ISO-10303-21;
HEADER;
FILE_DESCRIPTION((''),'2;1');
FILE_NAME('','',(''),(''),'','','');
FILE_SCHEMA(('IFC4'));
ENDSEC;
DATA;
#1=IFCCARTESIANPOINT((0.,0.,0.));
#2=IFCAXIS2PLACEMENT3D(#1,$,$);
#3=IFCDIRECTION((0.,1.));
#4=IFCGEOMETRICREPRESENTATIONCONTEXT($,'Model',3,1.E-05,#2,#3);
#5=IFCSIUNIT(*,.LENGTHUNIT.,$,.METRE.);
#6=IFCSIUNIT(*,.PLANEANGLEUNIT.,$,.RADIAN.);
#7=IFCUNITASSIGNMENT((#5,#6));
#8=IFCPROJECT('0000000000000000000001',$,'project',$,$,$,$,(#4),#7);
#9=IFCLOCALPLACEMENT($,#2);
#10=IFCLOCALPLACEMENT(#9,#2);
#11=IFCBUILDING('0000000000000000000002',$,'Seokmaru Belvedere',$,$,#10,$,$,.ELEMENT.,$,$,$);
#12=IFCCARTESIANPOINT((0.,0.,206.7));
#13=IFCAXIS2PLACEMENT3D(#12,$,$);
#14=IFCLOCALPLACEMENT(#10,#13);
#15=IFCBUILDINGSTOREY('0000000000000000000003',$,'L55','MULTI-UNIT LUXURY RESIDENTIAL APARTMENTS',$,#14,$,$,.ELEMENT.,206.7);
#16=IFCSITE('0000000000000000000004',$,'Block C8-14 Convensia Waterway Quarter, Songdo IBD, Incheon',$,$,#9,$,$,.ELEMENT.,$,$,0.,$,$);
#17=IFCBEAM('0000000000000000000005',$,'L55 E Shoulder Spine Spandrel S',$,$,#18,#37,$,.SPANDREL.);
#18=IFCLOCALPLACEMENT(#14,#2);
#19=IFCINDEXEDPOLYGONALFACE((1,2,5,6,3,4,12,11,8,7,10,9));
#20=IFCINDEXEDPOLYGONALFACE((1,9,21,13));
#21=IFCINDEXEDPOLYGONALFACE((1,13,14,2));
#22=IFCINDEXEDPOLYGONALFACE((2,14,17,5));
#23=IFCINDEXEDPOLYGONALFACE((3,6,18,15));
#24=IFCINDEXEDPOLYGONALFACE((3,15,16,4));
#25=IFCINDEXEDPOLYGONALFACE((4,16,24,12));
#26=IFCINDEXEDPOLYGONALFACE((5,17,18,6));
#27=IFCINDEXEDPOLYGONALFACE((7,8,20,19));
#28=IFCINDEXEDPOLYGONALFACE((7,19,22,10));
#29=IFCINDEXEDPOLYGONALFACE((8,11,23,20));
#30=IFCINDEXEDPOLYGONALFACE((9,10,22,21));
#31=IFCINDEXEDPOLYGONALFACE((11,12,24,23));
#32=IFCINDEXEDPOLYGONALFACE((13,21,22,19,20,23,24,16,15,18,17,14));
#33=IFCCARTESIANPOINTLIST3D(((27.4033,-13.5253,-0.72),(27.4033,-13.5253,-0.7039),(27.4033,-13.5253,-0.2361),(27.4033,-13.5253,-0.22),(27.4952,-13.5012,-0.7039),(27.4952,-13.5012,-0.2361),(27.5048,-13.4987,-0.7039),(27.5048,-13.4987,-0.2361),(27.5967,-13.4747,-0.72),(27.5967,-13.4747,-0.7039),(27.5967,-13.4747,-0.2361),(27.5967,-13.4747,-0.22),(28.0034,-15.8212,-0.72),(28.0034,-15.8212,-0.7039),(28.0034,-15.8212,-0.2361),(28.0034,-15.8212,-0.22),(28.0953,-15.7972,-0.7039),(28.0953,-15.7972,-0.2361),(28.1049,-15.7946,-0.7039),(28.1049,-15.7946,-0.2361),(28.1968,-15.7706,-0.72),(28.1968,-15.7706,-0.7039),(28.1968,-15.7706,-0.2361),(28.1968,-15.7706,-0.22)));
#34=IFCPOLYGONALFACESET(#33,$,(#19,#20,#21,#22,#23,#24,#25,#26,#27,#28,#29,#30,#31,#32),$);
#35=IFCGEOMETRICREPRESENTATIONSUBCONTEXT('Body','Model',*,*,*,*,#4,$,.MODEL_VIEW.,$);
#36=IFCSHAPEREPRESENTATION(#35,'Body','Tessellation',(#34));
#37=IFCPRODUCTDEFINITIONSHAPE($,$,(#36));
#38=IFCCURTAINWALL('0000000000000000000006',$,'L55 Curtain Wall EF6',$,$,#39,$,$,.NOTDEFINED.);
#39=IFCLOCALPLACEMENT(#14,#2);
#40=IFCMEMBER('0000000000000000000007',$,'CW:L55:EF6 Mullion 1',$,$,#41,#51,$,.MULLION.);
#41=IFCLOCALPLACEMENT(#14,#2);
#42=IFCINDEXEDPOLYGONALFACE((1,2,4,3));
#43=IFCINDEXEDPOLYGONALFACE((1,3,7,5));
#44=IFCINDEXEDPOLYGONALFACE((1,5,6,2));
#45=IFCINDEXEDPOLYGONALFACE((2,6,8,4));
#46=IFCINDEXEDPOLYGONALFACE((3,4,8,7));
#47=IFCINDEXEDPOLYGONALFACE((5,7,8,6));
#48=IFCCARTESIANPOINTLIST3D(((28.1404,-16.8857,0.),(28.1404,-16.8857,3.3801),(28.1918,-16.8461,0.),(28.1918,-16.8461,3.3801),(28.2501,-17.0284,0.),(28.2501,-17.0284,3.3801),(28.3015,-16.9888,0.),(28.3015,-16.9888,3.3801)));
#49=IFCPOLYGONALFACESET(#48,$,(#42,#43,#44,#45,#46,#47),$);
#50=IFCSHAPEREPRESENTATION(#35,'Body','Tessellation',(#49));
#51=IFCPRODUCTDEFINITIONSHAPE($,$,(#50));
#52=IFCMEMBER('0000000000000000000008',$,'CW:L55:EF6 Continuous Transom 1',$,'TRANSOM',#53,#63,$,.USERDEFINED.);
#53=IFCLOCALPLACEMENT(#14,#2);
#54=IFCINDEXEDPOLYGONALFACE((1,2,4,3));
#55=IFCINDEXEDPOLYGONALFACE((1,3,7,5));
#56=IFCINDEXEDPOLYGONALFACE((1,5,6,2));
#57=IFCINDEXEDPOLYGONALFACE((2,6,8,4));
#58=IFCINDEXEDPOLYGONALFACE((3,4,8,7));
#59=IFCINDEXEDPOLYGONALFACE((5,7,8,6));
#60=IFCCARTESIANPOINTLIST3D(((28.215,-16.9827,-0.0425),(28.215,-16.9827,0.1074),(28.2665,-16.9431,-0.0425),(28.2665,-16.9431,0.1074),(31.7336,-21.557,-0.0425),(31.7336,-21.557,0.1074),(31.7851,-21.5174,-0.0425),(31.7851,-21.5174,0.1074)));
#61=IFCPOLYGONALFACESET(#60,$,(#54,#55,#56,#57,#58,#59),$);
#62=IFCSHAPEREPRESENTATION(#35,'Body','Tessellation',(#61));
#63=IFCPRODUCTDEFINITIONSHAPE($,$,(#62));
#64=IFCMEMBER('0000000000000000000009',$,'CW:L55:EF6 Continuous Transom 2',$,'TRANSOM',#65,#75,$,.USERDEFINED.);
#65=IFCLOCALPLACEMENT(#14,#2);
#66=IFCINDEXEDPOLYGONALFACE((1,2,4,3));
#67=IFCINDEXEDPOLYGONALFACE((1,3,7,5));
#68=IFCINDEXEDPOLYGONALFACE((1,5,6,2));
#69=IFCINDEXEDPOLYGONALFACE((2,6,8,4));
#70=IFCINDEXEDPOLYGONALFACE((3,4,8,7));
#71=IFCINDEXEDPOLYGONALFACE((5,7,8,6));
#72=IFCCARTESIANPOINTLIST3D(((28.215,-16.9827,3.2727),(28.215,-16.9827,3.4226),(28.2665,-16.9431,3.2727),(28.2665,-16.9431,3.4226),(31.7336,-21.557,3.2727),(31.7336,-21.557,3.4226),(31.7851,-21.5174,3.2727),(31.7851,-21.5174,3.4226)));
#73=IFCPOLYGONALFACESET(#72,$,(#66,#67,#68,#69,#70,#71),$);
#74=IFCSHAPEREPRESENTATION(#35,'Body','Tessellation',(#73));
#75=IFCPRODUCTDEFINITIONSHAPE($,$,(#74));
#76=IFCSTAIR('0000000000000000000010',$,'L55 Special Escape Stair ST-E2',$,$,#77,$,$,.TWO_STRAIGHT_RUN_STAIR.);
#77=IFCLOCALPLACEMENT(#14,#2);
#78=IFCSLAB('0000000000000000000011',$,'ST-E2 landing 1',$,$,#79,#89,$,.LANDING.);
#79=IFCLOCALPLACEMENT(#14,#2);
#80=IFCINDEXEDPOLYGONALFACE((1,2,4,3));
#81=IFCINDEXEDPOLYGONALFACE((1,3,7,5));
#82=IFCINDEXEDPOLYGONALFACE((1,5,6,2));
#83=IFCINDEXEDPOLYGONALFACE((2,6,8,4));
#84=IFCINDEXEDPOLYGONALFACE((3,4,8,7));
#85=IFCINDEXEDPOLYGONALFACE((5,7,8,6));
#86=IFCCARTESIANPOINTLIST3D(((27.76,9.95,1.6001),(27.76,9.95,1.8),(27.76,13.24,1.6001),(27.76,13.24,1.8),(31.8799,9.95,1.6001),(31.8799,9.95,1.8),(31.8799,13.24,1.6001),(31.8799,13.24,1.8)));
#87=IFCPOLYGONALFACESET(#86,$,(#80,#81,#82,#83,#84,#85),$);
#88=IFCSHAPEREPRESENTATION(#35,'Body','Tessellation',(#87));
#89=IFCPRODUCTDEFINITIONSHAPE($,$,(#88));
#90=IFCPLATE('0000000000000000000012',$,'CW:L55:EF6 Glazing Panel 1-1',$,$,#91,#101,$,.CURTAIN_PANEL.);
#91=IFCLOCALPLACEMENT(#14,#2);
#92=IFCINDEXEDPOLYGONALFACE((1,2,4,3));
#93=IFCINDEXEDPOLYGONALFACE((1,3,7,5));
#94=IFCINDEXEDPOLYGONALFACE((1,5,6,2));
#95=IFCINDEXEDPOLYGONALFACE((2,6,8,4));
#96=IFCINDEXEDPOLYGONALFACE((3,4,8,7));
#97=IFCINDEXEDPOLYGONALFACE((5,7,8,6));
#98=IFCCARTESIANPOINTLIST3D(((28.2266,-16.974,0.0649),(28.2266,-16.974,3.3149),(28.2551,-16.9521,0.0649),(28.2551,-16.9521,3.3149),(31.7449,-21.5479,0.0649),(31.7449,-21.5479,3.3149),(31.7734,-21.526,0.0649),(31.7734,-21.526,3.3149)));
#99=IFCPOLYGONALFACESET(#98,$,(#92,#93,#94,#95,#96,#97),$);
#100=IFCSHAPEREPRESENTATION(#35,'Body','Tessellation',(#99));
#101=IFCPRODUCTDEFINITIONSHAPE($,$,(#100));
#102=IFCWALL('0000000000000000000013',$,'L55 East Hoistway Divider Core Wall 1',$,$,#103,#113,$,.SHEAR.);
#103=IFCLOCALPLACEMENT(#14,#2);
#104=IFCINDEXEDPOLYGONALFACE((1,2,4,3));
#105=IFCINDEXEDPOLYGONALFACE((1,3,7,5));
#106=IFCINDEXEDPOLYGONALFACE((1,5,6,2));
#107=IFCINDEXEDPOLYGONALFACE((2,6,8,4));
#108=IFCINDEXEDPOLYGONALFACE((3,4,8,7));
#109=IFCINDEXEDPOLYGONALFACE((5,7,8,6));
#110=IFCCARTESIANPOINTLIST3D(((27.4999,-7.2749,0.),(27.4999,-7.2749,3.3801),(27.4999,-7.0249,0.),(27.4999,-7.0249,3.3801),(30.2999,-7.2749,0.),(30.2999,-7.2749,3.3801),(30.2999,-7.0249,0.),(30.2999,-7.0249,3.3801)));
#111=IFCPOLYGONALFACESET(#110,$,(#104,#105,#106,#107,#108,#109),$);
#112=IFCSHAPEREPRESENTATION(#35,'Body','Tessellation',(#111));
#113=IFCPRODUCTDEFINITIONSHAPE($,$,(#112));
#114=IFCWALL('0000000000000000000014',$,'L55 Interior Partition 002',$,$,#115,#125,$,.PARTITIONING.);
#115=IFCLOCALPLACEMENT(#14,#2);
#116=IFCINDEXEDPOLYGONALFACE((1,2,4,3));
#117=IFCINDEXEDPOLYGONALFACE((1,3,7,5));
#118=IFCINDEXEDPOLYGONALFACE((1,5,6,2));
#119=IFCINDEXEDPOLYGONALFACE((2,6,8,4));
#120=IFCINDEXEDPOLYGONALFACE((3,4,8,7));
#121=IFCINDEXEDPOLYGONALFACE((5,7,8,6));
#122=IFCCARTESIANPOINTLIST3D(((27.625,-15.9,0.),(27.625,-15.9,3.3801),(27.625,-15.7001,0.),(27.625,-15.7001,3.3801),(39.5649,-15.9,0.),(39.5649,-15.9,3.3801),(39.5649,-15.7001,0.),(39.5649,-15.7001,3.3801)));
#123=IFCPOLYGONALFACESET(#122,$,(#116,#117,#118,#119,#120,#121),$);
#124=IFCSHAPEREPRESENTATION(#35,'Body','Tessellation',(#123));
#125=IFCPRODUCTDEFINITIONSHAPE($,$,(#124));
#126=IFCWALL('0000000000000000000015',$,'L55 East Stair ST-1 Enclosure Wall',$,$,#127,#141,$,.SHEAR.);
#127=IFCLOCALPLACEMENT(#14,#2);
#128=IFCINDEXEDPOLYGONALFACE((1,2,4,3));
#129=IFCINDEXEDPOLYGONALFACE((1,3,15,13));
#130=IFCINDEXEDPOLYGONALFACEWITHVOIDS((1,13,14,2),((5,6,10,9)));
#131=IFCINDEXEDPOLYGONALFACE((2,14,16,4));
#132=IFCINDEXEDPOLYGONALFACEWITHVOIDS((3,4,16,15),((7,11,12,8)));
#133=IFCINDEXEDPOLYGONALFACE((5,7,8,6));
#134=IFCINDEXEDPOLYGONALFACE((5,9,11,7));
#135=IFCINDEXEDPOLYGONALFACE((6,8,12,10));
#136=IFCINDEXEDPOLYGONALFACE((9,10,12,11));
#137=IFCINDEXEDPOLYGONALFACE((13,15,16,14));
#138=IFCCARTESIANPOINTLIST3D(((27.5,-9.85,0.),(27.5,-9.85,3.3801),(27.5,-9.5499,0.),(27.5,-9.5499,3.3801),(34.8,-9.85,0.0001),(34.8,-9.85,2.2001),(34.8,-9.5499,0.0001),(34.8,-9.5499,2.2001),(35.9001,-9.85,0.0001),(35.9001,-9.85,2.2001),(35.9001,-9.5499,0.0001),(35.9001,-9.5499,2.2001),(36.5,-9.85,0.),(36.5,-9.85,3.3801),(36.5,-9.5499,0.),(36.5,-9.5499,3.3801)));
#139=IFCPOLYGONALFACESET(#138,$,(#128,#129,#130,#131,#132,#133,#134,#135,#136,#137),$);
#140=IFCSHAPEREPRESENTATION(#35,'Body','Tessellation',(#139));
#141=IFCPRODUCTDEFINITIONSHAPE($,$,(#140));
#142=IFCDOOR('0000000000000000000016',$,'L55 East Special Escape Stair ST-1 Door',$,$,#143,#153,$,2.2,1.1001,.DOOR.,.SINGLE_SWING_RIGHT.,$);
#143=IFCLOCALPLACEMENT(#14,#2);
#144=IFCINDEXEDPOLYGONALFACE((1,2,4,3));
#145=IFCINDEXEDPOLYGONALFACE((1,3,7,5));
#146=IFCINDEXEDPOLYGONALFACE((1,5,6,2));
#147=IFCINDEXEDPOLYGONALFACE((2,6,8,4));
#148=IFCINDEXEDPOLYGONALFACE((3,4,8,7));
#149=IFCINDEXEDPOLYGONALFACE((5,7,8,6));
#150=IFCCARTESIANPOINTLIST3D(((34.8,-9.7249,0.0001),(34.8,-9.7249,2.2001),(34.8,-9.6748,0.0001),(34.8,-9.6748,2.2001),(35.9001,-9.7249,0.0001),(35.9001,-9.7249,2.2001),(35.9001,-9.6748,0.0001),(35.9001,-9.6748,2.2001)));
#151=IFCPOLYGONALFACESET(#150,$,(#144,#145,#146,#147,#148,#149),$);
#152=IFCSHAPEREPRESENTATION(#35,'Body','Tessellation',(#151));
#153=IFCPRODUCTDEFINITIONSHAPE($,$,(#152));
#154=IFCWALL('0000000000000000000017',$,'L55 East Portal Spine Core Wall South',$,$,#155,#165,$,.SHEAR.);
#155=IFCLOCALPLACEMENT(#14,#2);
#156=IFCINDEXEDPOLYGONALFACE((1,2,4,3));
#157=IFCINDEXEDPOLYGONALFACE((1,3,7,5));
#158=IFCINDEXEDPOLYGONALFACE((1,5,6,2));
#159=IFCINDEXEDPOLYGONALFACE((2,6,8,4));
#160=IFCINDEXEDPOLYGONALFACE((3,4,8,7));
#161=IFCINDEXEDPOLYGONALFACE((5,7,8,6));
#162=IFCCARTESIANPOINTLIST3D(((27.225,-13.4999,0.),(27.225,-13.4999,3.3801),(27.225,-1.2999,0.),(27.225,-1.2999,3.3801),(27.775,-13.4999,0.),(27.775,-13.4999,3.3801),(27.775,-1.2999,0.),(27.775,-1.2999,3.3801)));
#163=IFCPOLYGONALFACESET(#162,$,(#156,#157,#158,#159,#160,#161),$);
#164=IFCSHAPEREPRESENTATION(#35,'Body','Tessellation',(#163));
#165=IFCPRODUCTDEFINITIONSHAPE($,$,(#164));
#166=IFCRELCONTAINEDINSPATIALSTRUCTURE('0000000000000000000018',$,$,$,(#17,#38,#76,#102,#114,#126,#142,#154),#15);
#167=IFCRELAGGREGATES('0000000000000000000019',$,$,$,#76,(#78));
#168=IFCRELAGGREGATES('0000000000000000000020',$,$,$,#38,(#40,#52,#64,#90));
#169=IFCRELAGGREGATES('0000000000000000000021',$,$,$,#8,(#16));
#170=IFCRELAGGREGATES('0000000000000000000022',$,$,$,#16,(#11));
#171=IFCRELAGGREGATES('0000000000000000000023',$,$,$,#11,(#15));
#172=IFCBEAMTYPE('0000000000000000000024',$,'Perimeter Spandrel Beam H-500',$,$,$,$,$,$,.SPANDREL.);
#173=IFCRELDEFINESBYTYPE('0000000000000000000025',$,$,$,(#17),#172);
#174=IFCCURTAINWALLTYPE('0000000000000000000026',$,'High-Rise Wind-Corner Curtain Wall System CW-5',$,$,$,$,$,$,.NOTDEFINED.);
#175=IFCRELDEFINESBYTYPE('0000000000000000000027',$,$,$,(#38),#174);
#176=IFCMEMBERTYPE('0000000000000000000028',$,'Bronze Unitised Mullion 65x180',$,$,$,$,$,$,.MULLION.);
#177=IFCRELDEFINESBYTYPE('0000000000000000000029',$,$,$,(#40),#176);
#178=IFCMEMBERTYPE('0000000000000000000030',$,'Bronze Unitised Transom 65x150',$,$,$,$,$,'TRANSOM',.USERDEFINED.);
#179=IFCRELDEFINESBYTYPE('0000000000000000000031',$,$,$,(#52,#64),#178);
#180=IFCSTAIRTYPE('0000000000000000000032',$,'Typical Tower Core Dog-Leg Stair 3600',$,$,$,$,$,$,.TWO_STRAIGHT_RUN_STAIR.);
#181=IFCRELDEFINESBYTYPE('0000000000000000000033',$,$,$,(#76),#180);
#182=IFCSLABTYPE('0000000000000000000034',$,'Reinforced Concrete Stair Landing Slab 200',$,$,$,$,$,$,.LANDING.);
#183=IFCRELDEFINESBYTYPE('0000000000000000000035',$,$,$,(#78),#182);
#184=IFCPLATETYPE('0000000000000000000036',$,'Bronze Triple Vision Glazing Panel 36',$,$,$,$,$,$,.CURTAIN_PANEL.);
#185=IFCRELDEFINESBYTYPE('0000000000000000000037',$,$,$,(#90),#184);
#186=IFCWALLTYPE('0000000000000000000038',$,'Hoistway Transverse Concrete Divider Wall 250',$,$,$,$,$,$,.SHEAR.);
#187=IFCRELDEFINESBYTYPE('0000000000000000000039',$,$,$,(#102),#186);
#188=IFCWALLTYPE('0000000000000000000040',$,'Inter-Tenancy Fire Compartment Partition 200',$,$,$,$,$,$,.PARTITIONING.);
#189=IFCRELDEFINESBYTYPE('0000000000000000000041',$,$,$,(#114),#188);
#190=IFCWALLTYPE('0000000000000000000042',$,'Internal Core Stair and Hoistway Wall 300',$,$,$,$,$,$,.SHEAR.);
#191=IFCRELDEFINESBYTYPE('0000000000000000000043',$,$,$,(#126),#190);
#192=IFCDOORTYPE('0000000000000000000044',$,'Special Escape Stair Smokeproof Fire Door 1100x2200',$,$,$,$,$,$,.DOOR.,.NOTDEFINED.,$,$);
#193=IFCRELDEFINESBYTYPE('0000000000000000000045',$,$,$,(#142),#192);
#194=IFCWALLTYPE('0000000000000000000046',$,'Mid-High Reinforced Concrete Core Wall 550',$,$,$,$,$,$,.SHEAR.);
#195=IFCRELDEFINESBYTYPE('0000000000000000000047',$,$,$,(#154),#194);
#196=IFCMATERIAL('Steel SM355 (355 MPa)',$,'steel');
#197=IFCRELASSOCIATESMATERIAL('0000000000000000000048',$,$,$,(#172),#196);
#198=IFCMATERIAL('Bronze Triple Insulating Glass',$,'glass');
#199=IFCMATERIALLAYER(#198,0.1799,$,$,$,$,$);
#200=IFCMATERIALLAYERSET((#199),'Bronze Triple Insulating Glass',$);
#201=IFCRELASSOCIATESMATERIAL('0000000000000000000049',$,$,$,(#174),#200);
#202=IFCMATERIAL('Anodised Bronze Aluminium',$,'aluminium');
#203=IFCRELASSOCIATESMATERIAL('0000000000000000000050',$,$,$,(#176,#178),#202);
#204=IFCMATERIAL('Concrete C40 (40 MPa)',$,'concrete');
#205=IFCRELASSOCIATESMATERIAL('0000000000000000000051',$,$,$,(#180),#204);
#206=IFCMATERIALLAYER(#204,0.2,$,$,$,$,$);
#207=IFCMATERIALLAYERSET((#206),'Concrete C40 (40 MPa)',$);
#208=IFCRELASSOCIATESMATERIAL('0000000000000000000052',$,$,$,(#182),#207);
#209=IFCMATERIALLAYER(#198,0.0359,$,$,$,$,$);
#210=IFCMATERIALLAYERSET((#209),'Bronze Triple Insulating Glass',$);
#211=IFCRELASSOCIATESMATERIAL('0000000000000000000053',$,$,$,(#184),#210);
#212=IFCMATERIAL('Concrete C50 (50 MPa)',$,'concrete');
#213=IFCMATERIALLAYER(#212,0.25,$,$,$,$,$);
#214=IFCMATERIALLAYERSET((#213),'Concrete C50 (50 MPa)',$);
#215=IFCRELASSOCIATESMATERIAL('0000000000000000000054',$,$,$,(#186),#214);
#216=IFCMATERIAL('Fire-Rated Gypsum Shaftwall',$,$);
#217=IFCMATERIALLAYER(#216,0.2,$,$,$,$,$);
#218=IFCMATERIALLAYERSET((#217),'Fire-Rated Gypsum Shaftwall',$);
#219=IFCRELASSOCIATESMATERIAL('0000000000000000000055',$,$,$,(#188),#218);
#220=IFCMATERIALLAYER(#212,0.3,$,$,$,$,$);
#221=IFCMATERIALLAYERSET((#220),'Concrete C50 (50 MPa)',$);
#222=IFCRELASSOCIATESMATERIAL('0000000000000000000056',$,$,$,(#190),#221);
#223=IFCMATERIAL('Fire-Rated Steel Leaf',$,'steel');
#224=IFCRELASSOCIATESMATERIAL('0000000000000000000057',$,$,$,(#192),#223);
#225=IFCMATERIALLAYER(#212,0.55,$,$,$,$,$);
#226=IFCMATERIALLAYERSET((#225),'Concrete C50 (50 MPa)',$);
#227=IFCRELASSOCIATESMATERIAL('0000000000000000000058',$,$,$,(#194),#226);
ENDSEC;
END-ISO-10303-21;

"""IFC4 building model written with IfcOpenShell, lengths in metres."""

from ifc_helpers import new_model, si_unit, direction, frame, frame_2d, origin, origin_2d, place, context, subcontext, project, spatial, polyline, rectangle, i_section, outline, extrude, source, transform, mapped, material, layer, layer_set, material_profile, profile_set, type_object, type_shapes, element, fill, aggregate, save


model = new_model("IFC4")

# Units and contexts
model_context = context("Model", 3, precision=1e-05, world=origin(), true_north=direction((0.0, 1.0)))
body_context = subcontext(model_context, "Body", "Model", "MODEL_VIEW")
ifc_project = project(units=[si_unit("LENGTHUNIT", "METRE"), si_unit("PLANEANGLEUNIT", "RADIAN")], contexts=[model_context])

# Site, building, storey
site_placement = place(None, origin())
site = spatial("IfcSite", under=ifc_project, at=site_placement, Name="Block C8-14 Convensia Waterway Quarter, Songdo IBD, Incheon", CompositionType="ELEMENT", RefElevation=0.0)
building_placement = place(site_placement, origin())
building = spatial("IfcBuilding", under=site, at=building_placement, Name="Seokmaru Belvedere", CompositionType="ELEMENT")
storey_placement = place(building_placement, frame((0.0, 0.0, 206.7)))
storey = spatial("IfcBuildingStorey", under=building, at=storey_placement, Name="L55", Description="MULTI-UNIT LUXURY RESIDENTIAL APARTMENTS", CompositionType="ELEMENT", Elevation=206.7)

# Shared definitions
ifc_material_1 = material(Name="Steel SM355 (355 MPa)", Category="steel")

# Beam
ifc_material_profile_1 = material_profile(ifc_material_1, i_section(OverallWidth=0.2, OverallDepth=0.5, WebThickness=0.01, FlangeThickness=0.0161, at=origin_2d()), Name="H-500x200x10x16")
ifc_profile_set_1 = profile_set([ifc_material_profile_1], Name="Steel SM355 (355 MPa)")
beam_type_1 = type_object("IfcBeamType", Name="Perimeter Spandrel Beam H-500", PredefinedType="SPANDREL", material=ifc_profile_set_1)
shared_shape_1 = source(origin(), body_context, "Body", "SweptSolid", [
    extrude(i_section(OverallWidth=0.2, OverallDepth=0.5, WebThickness=0.01, FlangeThickness=0.0161, at=origin_2d()), origin(), (0.0, 0.0, 1.0), 2.373),
])
beam_1_placement = place(storey_placement, frame((28.1001, -15.7959, -0.47), z_axis=(-0.252883, 0.967497, 0.0), x_axis=(-0.967497, -0.252883, 0.0)))
element("IfcBeam", 1, at=beam_1_placement, inside=storey, type_object=beam_type_1, Name="L55 E Shoulder Spine Spandrel S", PredefinedType="SPANDREL", context=body_context, shape_type="MappedRepresentation", body=[
    mapped(shared_shape_1, transform((0.0, 0.0, 0.0), scale=1.0)),
])

# Curtain wall, members
ifc_material_2 = material(Name="Bronze Triple Insulating Glass", Category="glass")
ifc_layer_1 = layer(ifc_material_2, 0.1799)
ifc_layer_set_1 = layer_set([ifc_layer_1], Name="Bronze Triple Insulating Glass")
curtain_wall_type = type_object("IfcCurtainWallType", Name="High-Rise Wind-Corner Curtain Wall System CW-5", PredefinedType="NOTDEFINED", material=ifc_layer_set_1)
curtain_wall_placement = place(storey_placement, origin())
curtain_wall = element("IfcCurtainWall", 2, at=curtain_wall_placement, inside=storey, type_object=curtain_wall_type, Name="L55 Curtain Wall EF6", PredefinedType="NOTDEFINED")
ifc_material_3 = material(Name="Anodised Bronze Aluminium", Category="aluminium")
ifc_material_profile_2 = material_profile(ifc_material_3, rectangle(XDim=0.0649, YDim=0.1799, at=origin_2d()), Name="CW-M-65x180")
ifc_profile_set_2 = profile_set([ifc_material_profile_2], Name="Anodised Bronze Aluminium")
member_type_1 = type_object("IfcMemberType", Name="Bronze Unitised Mullion 65x180", PredefinedType="MULLION", material=ifc_profile_set_2)
shared_shape_2 = source(origin(), body_context, "Body", "SweptSolid", [
    extrude(rectangle(XDim=0.0649, YDim=0.1799, at=origin_2d()), origin(), (0.0, 0.0, 1.0), 3.3801),
])
type_shapes(member_type_1, [shared_shape_2])
member_1_placement = place(storey_placement, frame((28.2209, -16.9373, 0.0), z_axis=(0.0, 0.0, 1.0), x_axis=(0.792631, 0.609701, 0.0)))
member_1 = element("IfcMember", 3, at=member_1_placement, type_object=member_type_1, Name="CW:L55:EF6 Mullion 1", PredefinedType="MULLION", context=body_context, shape_type="MappedRepresentation", body=[
    mapped(shared_shape_2, transform((0.0, 0.0, 0.0), scale=1.0)),
])
ifc_material_profile_3 = material_profile(ifc_material_3, rectangle(XDim=0.0649, YDim=0.1499, at=origin_2d()), Name="CW-T-65x150")
ifc_profile_set_3 = profile_set([ifc_material_profile_3], Name="Anodised Bronze Aluminium")
member_type_2 = type_object("IfcMemberType", Name="Bronze Unitised Transom 65x150", ElementType="TRANSOM", PredefinedType="USERDEFINED", material=ifc_profile_set_3)
shared_shape_3 = source(origin(), body_context, "Body", "SweptSolid", [
    extrude(rectangle(XDim=0.0649, YDim=0.1499, at=origin_2d()), origin(), (0.0, 0.0, 1.0), 5.771),
])
type_shapes(member_type_2, [shared_shape_3])
member_2_placement = place(storey_placement, frame((28.2407, -16.9629, 0.0325), z_axis=(0.609703, -0.79263, 0.0), x_axis=(0.79263, 0.609703, 0.0)))
member_2 = element("IfcMember", 4, at=member_2_placement, type_object=member_type_2, Name="CW:L55:EF6 Continuous Transom 1", ObjectType="TRANSOM", PredefinedType="USERDEFINED", context=body_context, shape_type="MappedRepresentation", body=[
    mapped(shared_shape_3, transform((0.0, 0.0, 0.0), scale=1.0)),
])
member_3_placement = place(storey_placement, frame((28.2407, -16.9629, 3.3477), z_axis=(0.609703, -0.79263, 0.0), x_axis=(0.79263, 0.609703, 0.0)))
member_3 = element("IfcMember", 5, at=member_3_placement, type_object=member_type_2, Name="CW:L55:EF6 Continuous Transom 2", ObjectType="TRANSOM", PredefinedType="USERDEFINED", context=body_context, shape_type="MappedRepresentation", body=[
    mapped(shared_shape_3, transform((0.0, 0.0, 0.0), scale=1.0)),
])

# Stair, slab
ifc_material_4 = material(Name="Concrete C40 (40 MPa)", Category="concrete")
stair_type = type_object("IfcStairType", Name="Typical Tower Core Dog-Leg Stair 3600", PredefinedType="TWO_STRAIGHT_RUN_STAIR", material=ifc_material_4)
stair_placement = place(storey_placement, origin())
stair = element("IfcStair", 6, at=stair_placement, inside=storey, type_object=stair_type, Name="L55 Special Escape Stair ST-E2", PredefinedType="TWO_STRAIGHT_RUN_STAIR")
ifc_layer_2 = layer(ifc_material_4, 0.2)
ifc_layer_set_2 = layer_set([ifc_layer_2], Name="Concrete C40 (40 MPa)")
slab_type = type_object("IfcSlabType", Name="Reinforced Concrete Stair Landing Slab 200", PredefinedType="LANDING", material=ifc_layer_set_2)
slab_placement = place(storey_placement, frame((0.0, 0.0, 1.6001)))
slab = element("IfcSlab", 7, at=slab_placement, type_object=slab_type, Name="ST-E2 landing 1", PredefinedType="LANDING", context=body_context, shape_type="SweptSolid", body=[
    extrude(outline(polyline([(27.76, 9.95), (31.8799, 9.95), (31.8799, 13.24), (27.76, 13.24), (27.76, 9.95)])), origin(), (0.0, 0.0, 1.0), 0.2),
])
aggregate(stair, [slab])

# Plate
ifc_layer_3 = layer(ifc_material_2, 0.0359)
ifc_layer_set_3 = layer_set([ifc_layer_3], Name="Bronze Triple Insulating Glass")
plate_type = type_object("IfcPlateType", Name="Bronze Triple Vision Glazing Panel 36", PredefinedType="CURTAIN_PANEL", material=ifc_layer_set_3)
shared_shape_4 = source(origin(), body_context, "Body", "SweptSolid", [
    extrude(rectangle(XDim=5.7705, YDim=0.0359, at=origin_2d()), origin(), (0.0, 0.0, 1.0), 3.25),
])
type_shapes(plate_type, [shared_shape_4])
plate_placement = place(storey_placement, frame((30.0, -19.25, 0.0649), z_axis=(0.0, 0.0, 1.0), x_axis=(0.609701, -0.792631, 0.0)))
plate = element("IfcPlate", 8, at=plate_placement, type_object=plate_type, Name="CW:L55:EF6 Glazing Panel 1-1", PredefinedType="CURTAIN_PANEL", context=body_context, shape_type="MappedRepresentation", body=[
    mapped(shared_shape_4, transform((0.0, 0.0, 0.0), scale=1.0)),
])
aggregate(curtain_wall, [member_1, member_2, member_3, plate])

# Shared definitions
ifc_material_5 = material(Name="Fire-Rated Gypsum Shaftwall")
ifc_material_6 = material(Name="Fire-Rated Steel Leaf", Category="steel")

# Walls
ifc_material_7 = material(Name="Concrete C50 (50 MPa)", Category="concrete")
ifc_layer_4 = layer(ifc_material_7, 0.25)
ifc_layer_set_4 = layer_set([ifc_layer_4], Name="Concrete C50 (50 MPa)")
wall_type_1 = type_object("IfcWallType", Name="Hoistway Transverse Concrete Divider Wall 250", PredefinedType="SHEAR", material=ifc_layer_set_4)
wall_1_placement = place(storey_placement, frame((27.5, -7.1499, 0.0), z_axis=(0.0, 0.0, 1.0), x_axis=(1.0, 0.0, 0.0)))
element("IfcWall", 9, at=wall_1_placement, inside=storey, type_object=wall_type_1, Name="L55 East Hoistway Divider Core Wall 1", PredefinedType="SHEAR", context=body_context, shape_type="SweptSolid", body=[
    extrude(rectangle(XDim=2.8, YDim=0.25, at=frame_2d((1.3999, 0.0))), origin(), (0.0, 0.0, 1.0), 3.3801),
])
ifc_layer_5 = layer(ifc_material_5, 0.2)
ifc_layer_set_5 = layer_set([ifc_layer_5], Name="Fire-Rated Gypsum Shaftwall")
wall_type_2 = type_object("IfcWallType", Name="Inter-Tenancy Fire Compartment Partition 200", PredefinedType="PARTITIONING", material=ifc_layer_set_5)
wall_2_placement = place(storey_placement, frame((27.625, -15.8, 0.0), z_axis=(0.0, 0.0, 1.0), x_axis=(1.0, 0.0, 0.0)))
element("IfcWall", 10, at=wall_2_placement, inside=storey, type_object=wall_type_2, Name="L55 Interior Partition 002", PredefinedType="PARTITIONING", context=body_context, shape_type="SweptSolid", body=[
    extrude(rectangle(XDim=11.9399, YDim=0.2, at=frame_2d((5.97, 0.0))), origin(), (0.0, 0.0, 1.0), 3.3801),
])

# Wall, opening, door
ifc_layer_6 = layer(ifc_material_7, 0.3)
ifc_layer_set_6 = layer_set([ifc_layer_6], Name="Concrete C50 (50 MPa)")
wall_type_3 = type_object("IfcWallType", Name="Internal Core Stair and Hoistway Wall 300", PredefinedType="SHEAR", material=ifc_layer_set_6)
wall_3_placement = place(storey_placement, frame((27.5, -9.7, 0.0), z_axis=(0.0, 0.0, 1.0), x_axis=(1.0, 0.0, 0.0)))
wall_3 = element("IfcWall", 11, at=wall_3_placement, inside=storey, type_object=wall_type_3, Name="L55 East Stair ST-1 Enclosure Wall", PredefinedType="SHEAR", context=body_context, shape_type="SweptSolid", body=[
    extrude(rectangle(XDim=9.0, YDim=0.3, at=frame_2d((4.5, 0.0))), origin(), (0.0, 0.0, 1.0), 3.3801),
])
opening_1_placement = place(wall_3_placement, frame((7.3, 0.0, 0.0)))
opening_1 = element("IfcOpeningElement", 12, at=opening_1_placement, cuts=wall_3, PredefinedType="OPENING", context=body_context, shape_type="SweptSolid", body=[
    extrude(rectangle(XDim=1.1001, YDim=2.2, at=frame_2d((0.55, 1.1001))), frame((0.0, 0.1602, 0.0), z_axis=(0.0, -1.0, 0.0), x_axis=(1.0, 0.0, 0.0)), (0.0, 0.0, 1.0), 0.3201),
])
door_type_1 = type_object("IfcDoorType", Name="Special Escape Stair Smokeproof Fire Door 1100x2200", OperationType="NOTDEFINED", PredefinedType="DOOR", material=ifc_material_6)
shared_shape_5 = source(origin(), body_context, "Body", "SweptSolid", [
    extrude(rectangle(XDim=1.1001, YDim=2.2, at=frame_2d((0.55, 1.1001))), frame((0.0, 0.0249, 0.0), z_axis=(0.0, -1.0, 0.0), x_axis=(1.0, 0.0, 0.0)), (0.0, 0.0, 1.0), 0.05),
])
type_shapes(door_type_1, [shared_shape_5])
door_1_placement = place(opening_1_placement, frame((1.1001, 0.0, 0.0), z_axis=(0.0, 0.0, 1.0), x_axis=(-1.0, 0.0, 0.0)))
door_1 = element("IfcDoor", 13, at=door_1_placement, inside=storey, type_object=door_type_1, Name="L55 East Special Escape Stair ST-1 Door", OperationType="SINGLE_SWING_RIGHT", OverallHeight=2.2, OverallWidth=1.1001, PredefinedType="DOOR", context=body_context, shape_type="MappedRepresentation", body=[
    mapped(shared_shape_5, transform((0.0, 0.0, 0.0), scale=1.0)),
])
fill(opening_1, door_1)

# Wall
ifc_layer_7 = layer(ifc_material_7, 0.55)
ifc_layer_set_7 = layer_set([ifc_layer_7], Name="Concrete C50 (50 MPa)")
wall_type_4 = type_object("IfcWallType", Name="Mid-High Reinforced Concrete Core Wall 550", PredefinedType="SHEAR", material=ifc_layer_set_7)
wall_4_placement = place(storey_placement, frame((27.5, -13.5, 0.0), z_axis=(0.0, 0.0, 1.0), x_axis=(0.0, 1.0, 0.0)))
element("IfcWall", 14, at=wall_4_placement, inside=storey, type_object=wall_type_4, Name="L55 East Portal Spine Core Wall South", PredefinedType="SHEAR", context=body_context, shape_type="SweptSolid", body=[
    extrude(rectangle(XDim=12.2, YDim=0.55, at=frame_2d((6.1001, 0.0))), origin(), (0.0, 0.0, 1.0), 3.3801),
])

save(model, "model.ifc")
